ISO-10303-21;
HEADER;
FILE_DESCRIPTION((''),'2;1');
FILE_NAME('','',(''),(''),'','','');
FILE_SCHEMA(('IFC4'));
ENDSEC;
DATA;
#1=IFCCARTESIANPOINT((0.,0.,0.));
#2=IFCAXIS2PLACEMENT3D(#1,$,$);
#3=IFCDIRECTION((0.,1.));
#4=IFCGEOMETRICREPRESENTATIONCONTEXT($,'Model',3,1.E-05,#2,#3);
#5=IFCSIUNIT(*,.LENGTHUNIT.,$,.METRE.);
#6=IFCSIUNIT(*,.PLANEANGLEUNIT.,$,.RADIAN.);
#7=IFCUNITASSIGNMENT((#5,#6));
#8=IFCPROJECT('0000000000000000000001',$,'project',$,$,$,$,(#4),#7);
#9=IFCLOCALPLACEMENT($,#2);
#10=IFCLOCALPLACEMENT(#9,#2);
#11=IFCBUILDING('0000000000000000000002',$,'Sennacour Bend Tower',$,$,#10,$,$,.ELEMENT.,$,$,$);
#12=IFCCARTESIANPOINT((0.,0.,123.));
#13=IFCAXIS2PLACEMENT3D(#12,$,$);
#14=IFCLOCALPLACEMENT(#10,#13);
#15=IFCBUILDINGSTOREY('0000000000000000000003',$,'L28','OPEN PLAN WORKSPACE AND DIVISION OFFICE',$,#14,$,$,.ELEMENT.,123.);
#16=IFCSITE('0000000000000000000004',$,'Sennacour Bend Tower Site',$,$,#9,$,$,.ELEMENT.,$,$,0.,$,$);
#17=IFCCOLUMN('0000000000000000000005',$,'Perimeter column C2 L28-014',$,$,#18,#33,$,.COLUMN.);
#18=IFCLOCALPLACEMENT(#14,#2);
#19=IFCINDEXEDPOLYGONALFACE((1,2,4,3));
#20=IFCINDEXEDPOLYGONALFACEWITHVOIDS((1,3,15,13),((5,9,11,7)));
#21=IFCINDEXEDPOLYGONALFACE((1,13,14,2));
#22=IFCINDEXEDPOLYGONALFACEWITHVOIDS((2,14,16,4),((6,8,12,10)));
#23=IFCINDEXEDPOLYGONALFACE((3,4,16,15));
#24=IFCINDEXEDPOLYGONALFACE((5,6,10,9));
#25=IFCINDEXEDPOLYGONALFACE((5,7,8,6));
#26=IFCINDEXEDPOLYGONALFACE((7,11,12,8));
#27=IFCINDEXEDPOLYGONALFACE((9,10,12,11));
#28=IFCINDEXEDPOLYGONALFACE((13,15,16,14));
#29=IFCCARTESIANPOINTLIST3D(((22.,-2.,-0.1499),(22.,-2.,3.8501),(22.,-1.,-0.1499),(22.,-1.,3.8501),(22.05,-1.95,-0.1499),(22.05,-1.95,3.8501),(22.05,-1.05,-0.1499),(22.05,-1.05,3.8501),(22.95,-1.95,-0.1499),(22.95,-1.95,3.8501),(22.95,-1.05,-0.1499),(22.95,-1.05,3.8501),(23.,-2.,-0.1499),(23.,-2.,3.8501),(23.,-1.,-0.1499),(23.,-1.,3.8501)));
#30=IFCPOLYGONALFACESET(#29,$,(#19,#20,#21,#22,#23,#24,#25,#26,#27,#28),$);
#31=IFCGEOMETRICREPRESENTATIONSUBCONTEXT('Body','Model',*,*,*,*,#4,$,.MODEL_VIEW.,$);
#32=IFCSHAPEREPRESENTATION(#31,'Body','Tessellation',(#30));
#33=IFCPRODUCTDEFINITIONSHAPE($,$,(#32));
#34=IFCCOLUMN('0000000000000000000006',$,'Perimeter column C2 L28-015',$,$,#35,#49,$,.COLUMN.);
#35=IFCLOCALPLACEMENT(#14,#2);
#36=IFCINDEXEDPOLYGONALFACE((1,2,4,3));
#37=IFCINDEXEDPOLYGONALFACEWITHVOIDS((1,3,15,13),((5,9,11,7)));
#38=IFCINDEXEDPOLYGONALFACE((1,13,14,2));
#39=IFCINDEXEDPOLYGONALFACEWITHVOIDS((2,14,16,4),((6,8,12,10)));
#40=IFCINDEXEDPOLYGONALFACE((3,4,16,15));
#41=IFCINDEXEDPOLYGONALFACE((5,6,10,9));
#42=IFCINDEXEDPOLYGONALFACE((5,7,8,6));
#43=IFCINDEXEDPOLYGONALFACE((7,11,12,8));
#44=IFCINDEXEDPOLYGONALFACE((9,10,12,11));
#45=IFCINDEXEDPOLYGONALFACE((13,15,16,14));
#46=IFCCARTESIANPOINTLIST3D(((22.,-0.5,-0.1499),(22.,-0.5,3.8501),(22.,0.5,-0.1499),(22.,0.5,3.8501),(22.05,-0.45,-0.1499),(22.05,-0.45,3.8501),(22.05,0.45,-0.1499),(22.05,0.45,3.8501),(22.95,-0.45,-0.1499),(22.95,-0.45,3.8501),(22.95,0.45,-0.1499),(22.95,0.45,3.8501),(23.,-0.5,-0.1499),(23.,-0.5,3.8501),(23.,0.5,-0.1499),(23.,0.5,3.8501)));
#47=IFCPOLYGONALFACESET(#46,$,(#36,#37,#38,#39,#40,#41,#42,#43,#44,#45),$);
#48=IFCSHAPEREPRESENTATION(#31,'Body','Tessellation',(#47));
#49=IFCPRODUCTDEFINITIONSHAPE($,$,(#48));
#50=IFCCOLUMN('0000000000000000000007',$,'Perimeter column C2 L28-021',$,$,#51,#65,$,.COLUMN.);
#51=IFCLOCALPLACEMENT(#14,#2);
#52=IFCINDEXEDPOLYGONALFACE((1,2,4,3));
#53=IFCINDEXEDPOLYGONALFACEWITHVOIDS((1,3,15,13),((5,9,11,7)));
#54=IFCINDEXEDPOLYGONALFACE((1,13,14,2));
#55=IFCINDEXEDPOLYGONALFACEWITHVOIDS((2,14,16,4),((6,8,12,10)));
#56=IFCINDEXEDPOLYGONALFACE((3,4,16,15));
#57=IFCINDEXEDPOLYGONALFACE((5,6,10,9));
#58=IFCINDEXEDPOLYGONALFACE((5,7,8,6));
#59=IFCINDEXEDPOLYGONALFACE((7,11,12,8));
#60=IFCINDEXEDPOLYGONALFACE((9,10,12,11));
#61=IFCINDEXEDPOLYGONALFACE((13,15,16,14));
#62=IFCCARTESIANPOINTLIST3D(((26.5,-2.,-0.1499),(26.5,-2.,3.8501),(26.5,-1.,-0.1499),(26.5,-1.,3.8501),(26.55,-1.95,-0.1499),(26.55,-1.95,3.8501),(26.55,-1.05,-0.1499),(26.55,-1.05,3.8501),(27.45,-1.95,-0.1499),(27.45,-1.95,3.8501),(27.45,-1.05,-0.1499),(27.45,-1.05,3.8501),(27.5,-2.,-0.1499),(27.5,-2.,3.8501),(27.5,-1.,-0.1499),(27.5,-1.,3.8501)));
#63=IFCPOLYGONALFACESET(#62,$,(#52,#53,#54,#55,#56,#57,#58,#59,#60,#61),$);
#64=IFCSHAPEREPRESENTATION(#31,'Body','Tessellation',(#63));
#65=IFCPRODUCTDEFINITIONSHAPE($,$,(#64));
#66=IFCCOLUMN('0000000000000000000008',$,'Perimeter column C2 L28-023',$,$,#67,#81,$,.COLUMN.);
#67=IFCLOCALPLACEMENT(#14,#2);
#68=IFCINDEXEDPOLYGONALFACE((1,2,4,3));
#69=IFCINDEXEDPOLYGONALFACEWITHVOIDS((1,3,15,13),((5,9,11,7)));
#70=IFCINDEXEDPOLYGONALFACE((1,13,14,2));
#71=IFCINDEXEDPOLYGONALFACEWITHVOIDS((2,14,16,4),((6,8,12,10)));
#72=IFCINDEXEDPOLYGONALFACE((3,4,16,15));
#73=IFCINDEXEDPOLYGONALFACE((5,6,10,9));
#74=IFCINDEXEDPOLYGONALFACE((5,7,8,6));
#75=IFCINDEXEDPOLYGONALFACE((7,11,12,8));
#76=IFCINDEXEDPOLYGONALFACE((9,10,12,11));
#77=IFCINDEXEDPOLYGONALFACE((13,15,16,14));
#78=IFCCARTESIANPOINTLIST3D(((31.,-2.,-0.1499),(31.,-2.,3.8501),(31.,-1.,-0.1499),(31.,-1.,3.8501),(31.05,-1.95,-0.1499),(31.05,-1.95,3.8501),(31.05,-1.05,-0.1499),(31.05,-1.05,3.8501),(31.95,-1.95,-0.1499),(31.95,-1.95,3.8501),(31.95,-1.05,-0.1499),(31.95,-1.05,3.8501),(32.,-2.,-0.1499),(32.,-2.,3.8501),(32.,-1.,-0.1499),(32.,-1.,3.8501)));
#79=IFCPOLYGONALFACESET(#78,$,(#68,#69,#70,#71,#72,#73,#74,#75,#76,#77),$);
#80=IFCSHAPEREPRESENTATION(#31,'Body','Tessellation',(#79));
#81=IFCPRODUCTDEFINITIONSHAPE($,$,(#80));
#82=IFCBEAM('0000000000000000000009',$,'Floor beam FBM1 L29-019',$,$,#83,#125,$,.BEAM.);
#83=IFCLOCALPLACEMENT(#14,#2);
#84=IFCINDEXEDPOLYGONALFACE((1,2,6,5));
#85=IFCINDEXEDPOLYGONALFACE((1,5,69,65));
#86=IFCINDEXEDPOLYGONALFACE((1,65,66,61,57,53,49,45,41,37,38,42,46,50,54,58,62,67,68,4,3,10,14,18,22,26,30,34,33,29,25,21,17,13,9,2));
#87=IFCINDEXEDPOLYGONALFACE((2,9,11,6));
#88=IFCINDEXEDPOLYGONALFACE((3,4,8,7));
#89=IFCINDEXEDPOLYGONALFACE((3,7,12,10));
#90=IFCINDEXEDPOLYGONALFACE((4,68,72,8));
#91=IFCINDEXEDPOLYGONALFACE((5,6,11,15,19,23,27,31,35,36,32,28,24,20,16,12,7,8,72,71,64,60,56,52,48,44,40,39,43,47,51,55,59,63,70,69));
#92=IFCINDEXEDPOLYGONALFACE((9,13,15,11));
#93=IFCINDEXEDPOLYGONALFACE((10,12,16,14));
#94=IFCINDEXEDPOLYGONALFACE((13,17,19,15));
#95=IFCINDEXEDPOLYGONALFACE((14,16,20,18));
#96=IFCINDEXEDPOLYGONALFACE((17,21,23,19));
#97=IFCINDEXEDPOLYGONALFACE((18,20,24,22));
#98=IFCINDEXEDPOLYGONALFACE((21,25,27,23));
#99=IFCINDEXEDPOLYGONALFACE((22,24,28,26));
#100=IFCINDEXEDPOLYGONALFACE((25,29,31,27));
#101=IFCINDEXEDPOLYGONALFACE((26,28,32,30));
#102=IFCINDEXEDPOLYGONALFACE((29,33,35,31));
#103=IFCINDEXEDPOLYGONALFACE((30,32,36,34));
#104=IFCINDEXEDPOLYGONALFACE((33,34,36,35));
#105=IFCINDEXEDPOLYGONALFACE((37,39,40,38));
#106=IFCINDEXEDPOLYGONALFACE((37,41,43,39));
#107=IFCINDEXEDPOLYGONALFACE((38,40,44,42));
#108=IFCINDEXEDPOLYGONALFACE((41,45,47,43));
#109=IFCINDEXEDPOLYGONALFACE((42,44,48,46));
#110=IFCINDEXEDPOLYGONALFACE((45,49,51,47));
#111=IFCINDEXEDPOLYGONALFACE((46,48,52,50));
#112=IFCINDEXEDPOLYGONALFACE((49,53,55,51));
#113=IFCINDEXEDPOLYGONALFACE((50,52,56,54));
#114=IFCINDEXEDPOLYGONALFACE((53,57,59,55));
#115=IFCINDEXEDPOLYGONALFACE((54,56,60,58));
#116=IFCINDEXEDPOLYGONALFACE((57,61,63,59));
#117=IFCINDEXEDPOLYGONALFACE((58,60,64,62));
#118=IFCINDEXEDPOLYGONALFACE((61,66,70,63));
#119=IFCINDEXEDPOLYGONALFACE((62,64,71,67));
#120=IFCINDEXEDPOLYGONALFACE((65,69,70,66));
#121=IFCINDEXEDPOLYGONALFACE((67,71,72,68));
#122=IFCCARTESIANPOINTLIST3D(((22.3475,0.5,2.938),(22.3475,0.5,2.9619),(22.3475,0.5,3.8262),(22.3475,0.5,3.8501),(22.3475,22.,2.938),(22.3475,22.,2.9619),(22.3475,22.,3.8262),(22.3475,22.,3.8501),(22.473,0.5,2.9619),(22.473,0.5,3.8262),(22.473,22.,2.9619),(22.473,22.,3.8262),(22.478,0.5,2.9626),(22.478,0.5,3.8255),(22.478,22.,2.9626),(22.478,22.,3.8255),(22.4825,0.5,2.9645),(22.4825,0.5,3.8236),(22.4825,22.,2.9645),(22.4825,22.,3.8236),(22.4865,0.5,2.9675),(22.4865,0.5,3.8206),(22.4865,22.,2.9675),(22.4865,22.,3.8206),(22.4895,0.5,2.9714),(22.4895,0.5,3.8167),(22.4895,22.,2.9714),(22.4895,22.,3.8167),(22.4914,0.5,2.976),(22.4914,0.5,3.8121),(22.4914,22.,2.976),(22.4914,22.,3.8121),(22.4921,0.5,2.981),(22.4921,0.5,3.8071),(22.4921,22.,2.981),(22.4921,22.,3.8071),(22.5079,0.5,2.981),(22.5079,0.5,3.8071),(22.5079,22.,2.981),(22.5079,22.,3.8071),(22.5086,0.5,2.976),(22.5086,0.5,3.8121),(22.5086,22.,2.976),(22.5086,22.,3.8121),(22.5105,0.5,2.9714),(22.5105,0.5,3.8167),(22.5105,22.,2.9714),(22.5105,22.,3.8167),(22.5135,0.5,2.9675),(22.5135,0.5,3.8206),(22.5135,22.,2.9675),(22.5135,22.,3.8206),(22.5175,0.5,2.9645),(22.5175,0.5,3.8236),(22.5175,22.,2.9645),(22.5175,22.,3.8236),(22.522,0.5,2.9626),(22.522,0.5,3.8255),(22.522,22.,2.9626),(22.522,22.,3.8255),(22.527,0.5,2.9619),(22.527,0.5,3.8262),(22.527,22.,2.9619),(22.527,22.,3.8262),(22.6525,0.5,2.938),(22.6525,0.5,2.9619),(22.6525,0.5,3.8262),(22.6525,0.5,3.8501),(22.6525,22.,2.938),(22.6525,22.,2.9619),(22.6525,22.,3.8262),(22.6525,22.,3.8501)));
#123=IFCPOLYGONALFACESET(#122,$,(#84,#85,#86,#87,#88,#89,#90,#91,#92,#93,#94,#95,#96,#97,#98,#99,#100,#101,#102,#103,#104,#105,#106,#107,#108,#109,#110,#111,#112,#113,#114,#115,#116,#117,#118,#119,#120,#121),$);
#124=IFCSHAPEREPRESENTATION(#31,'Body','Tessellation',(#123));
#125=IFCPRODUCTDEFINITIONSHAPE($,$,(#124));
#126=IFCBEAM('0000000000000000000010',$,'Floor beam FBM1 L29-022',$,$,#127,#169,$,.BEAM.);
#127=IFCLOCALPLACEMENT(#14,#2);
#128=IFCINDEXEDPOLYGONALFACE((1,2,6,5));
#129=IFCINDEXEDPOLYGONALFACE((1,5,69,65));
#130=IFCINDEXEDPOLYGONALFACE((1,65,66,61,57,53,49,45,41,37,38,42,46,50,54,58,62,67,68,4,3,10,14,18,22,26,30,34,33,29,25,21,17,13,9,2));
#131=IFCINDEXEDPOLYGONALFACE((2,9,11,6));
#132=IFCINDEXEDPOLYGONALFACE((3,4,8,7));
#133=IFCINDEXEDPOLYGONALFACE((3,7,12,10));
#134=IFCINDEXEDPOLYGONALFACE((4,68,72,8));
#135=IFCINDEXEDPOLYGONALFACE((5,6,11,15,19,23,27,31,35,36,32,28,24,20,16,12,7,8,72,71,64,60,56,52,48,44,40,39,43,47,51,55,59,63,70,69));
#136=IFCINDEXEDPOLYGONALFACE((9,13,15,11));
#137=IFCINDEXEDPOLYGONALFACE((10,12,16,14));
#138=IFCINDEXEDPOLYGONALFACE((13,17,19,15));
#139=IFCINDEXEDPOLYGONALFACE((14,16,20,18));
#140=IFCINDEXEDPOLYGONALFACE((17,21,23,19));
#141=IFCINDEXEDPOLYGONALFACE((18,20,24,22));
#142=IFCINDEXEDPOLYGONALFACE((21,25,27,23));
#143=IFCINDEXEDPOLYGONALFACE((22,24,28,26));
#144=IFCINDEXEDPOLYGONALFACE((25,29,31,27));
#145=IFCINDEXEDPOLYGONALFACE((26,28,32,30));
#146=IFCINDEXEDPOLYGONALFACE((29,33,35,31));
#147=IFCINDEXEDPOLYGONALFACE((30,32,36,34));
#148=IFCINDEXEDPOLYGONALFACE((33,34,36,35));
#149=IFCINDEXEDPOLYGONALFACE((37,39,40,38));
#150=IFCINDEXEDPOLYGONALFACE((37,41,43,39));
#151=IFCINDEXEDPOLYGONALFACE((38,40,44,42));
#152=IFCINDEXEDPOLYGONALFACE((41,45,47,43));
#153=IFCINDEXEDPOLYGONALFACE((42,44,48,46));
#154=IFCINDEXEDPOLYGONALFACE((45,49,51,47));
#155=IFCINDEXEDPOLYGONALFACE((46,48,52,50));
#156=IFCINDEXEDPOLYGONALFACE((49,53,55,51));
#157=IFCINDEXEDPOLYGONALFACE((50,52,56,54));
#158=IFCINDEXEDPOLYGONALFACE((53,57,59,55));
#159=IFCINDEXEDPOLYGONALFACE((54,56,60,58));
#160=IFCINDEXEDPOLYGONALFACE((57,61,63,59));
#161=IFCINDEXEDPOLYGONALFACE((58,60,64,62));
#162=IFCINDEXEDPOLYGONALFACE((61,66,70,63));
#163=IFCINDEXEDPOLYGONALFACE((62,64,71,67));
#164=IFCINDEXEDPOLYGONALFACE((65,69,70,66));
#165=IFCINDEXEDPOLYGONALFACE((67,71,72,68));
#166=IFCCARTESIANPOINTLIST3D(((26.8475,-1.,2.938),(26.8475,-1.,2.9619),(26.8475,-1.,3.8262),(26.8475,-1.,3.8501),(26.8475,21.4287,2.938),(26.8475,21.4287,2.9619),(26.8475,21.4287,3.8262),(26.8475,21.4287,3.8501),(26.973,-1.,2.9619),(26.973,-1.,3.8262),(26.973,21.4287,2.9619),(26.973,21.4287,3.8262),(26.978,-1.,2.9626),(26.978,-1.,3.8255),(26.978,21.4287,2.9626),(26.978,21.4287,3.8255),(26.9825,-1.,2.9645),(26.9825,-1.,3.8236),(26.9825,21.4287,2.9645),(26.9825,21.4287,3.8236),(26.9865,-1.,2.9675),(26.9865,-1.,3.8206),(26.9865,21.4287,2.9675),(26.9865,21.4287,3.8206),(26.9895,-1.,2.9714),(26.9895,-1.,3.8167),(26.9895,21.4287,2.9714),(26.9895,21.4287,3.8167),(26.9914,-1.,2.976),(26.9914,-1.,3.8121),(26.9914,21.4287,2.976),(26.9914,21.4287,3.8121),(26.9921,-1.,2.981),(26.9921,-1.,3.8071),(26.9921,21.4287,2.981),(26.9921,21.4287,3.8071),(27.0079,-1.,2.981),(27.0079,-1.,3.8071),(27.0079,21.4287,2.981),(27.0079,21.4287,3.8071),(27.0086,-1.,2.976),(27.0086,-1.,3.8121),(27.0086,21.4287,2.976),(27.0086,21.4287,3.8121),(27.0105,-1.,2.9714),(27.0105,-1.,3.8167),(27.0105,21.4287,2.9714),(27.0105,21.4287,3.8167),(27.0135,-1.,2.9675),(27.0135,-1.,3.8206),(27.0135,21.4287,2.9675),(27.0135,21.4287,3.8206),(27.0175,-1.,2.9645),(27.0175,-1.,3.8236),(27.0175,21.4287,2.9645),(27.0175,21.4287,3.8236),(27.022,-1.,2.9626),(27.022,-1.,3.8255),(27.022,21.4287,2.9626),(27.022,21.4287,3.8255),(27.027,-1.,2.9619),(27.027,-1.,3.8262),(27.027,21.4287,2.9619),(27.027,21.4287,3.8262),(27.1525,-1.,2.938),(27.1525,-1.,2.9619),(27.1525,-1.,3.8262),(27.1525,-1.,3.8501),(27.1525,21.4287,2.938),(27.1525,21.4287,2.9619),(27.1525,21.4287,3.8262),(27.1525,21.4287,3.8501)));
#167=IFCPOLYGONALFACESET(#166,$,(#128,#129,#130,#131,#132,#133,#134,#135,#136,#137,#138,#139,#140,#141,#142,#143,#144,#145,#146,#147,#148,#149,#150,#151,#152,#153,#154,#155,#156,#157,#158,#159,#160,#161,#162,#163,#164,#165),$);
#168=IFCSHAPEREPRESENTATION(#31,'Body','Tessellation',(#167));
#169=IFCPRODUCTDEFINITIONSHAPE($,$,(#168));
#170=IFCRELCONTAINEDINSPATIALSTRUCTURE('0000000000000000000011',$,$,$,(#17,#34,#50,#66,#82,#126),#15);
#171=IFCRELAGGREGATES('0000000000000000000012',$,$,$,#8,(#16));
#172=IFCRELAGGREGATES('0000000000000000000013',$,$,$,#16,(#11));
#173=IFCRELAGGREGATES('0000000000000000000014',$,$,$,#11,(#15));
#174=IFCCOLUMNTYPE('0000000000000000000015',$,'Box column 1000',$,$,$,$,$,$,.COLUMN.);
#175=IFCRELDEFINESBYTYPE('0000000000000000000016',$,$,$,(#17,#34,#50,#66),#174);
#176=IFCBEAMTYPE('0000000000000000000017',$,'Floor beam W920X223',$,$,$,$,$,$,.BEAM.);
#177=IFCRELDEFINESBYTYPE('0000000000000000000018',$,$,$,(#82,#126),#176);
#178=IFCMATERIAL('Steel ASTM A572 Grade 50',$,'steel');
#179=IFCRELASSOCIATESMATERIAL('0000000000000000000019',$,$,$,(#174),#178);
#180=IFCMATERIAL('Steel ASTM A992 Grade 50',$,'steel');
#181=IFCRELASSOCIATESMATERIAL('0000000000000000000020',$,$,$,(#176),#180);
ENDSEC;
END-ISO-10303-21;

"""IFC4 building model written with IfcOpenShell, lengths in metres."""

from ifc_helpers import new_model, si_unit, direction, frame, origin, origin_2d, place, context, subcontext, project, spatial, hollow_rectangle, i_section, extrude, material, material_profile, profile_set, type_object, element, save


model = new_model("IFC4")

# Units and contexts
model_context = context("Model", 3, precision=1e-05, world=origin(), true_north=direction((0.0, 1.0)))
body_context = subcontext(model_context, "Body", "Model", "MODEL_VIEW")
ifc_project = project(units=[si_unit("LENGTHUNIT", "METRE"), si_unit("PLANEANGLEUNIT", "RADIAN")], contexts=[model_context])

# Site, building, storey
site_placement = place(None, origin())
site = spatial("IfcSite", under=ifc_project, at=site_placement, Name="Sennacour Bend Tower Site", CompositionType="ELEMENT", RefElevation=0.0)
building_placement = place(site_placement, origin())
building = spatial("IfcBuilding", under=site, at=building_placement, Name="Sennacour Bend Tower", CompositionType="ELEMENT")
storey_placement = place(building_placement, frame((0.0, 0.0, 123.0)))
storey = spatial("IfcBuildingStorey", under=building, at=storey_placement, Name="L28", Description="OPEN PLAN WORKSPACE AND DIVISION OFFICE", CompositionType="ELEMENT", Elevation=123.0)

# Columns
ifc_material_1 = material(Name="Steel ASTM A572 Grade 50", Category="steel")
ifc_material_profile_1 = material_profile(ifc_material_1, hollow_rectangle(XDim=1.0, YDim=1.0, WallThickness=0.05, at=origin_2d()), Name="Steel ASTM A572 Grade 50", Category="steel")
ifc_profile_set_1 = profile_set([ifc_material_profile_1], Name="Steel ASTM A572 Grade 50")
column_type = type_object("IfcColumnType", Name="Box column 1000", PredefinedType="COLUMN", material=ifc_profile_set_1)
for number, where, z_axis, x_axis, name in (
    (1, (22.5, -1.5, -0.1499), (0.0, 0.0, 1.0), (1.0, 0.0, 0.0), "Perimeter column C2 L28-014"),
    (2, (22.5, 0.0, -0.1499), (0.0, 0.0, 1.0), (1.0, 0.0, 0.0), "Perimeter column C2 L28-015"),
    (3, (27.0, -1.5, -0.1499), (0.0, 0.0, 1.0), (1.0, 0.0, 0.0), "Perimeter column C2 L28-021"),
    (4, (31.5, -1.5, -0.1499), (0.0, 0.0, 1.0), (1.0, 0.0, 0.0), "Perimeter column C2 L28-023"),
):
    element("IfcColumn", number, at=place(storey_placement, frame(where, z_axis=z_axis, x_axis=x_axis)), inside=storey, type_object=column_type, Name=name, PredefinedType="COLUMN", context=body_context, shape_type="SweptSolid", body=[
        extrude(hollow_rectangle(XDim=1.0, YDim=1.0, WallThickness=0.05, at=origin_2d()), origin(), (0.0, 0.0, 1.0), 4.0),
    ])

# Beams
ifc_material_2 = material(Name="Steel ASTM A992 Grade 50", Category="steel")
ifc_material_profile_2 = material_profile(ifc_material_2, i_section(OverallWidth=0.3049, OverallDepth=0.9121, WebThickness=0.0159, FlangeThickness=0.0239, FilletRadius=0.019, at=origin_2d()), Name="Steel ASTM A992 Grade 50", Category="steel")
ifc_profile_set_2 = profile_set([ifc_material_profile_2], Name="Steel ASTM A992 Grade 50")
beam_type_1 = type_object("IfcBeamType", Name="Floor beam W920X223", PredefinedType="BEAM", material=ifc_profile_set_2)
beam_1_placement = place(storey_placement, frame((22.5, 0.5, 3.394), z_axis=(0.0, 1.0, 0.0), x_axis=(-1.0, 0.0, 0.0)))
element("IfcBeam", 5, at=beam_1_placement, inside=storey, type_object=beam_type_1, Name="Floor beam FBM1 L29-019", PredefinedType="BEAM", context=body_context, shape_type="SweptSolid", body=[
    extrude(i_section(OverallWidth=0.3049, OverallDepth=0.9121, WebThickness=0.0159, FlangeThickness=0.0239, FilletRadius=0.019, at=origin_2d()), origin(), (0.0, 0.0, 1.0), 21.5),
])
beam_2_placement = place(storey_placement, frame((27.0, -1.0, 3.394), z_axis=(0.0, 1.0, 0.0), x_axis=(-1.0, 0.0, 0.0)))
element("IfcBeam", 6, at=beam_2_placement, inside=storey, type_object=beam_type_1, Name="Floor beam FBM1 L29-022", PredefinedType="BEAM", context=body_context, shape_type="SweptSolid", body=[
    extrude(i_section(OverallWidth=0.3049, OverallDepth=0.9121, WebThickness=0.0159, FlangeThickness=0.0239, FilletRadius=0.019, at=origin_2d()), origin(), (0.0, 0.0, 1.0), 22.4287),
])

save(model, "model.ifc")
